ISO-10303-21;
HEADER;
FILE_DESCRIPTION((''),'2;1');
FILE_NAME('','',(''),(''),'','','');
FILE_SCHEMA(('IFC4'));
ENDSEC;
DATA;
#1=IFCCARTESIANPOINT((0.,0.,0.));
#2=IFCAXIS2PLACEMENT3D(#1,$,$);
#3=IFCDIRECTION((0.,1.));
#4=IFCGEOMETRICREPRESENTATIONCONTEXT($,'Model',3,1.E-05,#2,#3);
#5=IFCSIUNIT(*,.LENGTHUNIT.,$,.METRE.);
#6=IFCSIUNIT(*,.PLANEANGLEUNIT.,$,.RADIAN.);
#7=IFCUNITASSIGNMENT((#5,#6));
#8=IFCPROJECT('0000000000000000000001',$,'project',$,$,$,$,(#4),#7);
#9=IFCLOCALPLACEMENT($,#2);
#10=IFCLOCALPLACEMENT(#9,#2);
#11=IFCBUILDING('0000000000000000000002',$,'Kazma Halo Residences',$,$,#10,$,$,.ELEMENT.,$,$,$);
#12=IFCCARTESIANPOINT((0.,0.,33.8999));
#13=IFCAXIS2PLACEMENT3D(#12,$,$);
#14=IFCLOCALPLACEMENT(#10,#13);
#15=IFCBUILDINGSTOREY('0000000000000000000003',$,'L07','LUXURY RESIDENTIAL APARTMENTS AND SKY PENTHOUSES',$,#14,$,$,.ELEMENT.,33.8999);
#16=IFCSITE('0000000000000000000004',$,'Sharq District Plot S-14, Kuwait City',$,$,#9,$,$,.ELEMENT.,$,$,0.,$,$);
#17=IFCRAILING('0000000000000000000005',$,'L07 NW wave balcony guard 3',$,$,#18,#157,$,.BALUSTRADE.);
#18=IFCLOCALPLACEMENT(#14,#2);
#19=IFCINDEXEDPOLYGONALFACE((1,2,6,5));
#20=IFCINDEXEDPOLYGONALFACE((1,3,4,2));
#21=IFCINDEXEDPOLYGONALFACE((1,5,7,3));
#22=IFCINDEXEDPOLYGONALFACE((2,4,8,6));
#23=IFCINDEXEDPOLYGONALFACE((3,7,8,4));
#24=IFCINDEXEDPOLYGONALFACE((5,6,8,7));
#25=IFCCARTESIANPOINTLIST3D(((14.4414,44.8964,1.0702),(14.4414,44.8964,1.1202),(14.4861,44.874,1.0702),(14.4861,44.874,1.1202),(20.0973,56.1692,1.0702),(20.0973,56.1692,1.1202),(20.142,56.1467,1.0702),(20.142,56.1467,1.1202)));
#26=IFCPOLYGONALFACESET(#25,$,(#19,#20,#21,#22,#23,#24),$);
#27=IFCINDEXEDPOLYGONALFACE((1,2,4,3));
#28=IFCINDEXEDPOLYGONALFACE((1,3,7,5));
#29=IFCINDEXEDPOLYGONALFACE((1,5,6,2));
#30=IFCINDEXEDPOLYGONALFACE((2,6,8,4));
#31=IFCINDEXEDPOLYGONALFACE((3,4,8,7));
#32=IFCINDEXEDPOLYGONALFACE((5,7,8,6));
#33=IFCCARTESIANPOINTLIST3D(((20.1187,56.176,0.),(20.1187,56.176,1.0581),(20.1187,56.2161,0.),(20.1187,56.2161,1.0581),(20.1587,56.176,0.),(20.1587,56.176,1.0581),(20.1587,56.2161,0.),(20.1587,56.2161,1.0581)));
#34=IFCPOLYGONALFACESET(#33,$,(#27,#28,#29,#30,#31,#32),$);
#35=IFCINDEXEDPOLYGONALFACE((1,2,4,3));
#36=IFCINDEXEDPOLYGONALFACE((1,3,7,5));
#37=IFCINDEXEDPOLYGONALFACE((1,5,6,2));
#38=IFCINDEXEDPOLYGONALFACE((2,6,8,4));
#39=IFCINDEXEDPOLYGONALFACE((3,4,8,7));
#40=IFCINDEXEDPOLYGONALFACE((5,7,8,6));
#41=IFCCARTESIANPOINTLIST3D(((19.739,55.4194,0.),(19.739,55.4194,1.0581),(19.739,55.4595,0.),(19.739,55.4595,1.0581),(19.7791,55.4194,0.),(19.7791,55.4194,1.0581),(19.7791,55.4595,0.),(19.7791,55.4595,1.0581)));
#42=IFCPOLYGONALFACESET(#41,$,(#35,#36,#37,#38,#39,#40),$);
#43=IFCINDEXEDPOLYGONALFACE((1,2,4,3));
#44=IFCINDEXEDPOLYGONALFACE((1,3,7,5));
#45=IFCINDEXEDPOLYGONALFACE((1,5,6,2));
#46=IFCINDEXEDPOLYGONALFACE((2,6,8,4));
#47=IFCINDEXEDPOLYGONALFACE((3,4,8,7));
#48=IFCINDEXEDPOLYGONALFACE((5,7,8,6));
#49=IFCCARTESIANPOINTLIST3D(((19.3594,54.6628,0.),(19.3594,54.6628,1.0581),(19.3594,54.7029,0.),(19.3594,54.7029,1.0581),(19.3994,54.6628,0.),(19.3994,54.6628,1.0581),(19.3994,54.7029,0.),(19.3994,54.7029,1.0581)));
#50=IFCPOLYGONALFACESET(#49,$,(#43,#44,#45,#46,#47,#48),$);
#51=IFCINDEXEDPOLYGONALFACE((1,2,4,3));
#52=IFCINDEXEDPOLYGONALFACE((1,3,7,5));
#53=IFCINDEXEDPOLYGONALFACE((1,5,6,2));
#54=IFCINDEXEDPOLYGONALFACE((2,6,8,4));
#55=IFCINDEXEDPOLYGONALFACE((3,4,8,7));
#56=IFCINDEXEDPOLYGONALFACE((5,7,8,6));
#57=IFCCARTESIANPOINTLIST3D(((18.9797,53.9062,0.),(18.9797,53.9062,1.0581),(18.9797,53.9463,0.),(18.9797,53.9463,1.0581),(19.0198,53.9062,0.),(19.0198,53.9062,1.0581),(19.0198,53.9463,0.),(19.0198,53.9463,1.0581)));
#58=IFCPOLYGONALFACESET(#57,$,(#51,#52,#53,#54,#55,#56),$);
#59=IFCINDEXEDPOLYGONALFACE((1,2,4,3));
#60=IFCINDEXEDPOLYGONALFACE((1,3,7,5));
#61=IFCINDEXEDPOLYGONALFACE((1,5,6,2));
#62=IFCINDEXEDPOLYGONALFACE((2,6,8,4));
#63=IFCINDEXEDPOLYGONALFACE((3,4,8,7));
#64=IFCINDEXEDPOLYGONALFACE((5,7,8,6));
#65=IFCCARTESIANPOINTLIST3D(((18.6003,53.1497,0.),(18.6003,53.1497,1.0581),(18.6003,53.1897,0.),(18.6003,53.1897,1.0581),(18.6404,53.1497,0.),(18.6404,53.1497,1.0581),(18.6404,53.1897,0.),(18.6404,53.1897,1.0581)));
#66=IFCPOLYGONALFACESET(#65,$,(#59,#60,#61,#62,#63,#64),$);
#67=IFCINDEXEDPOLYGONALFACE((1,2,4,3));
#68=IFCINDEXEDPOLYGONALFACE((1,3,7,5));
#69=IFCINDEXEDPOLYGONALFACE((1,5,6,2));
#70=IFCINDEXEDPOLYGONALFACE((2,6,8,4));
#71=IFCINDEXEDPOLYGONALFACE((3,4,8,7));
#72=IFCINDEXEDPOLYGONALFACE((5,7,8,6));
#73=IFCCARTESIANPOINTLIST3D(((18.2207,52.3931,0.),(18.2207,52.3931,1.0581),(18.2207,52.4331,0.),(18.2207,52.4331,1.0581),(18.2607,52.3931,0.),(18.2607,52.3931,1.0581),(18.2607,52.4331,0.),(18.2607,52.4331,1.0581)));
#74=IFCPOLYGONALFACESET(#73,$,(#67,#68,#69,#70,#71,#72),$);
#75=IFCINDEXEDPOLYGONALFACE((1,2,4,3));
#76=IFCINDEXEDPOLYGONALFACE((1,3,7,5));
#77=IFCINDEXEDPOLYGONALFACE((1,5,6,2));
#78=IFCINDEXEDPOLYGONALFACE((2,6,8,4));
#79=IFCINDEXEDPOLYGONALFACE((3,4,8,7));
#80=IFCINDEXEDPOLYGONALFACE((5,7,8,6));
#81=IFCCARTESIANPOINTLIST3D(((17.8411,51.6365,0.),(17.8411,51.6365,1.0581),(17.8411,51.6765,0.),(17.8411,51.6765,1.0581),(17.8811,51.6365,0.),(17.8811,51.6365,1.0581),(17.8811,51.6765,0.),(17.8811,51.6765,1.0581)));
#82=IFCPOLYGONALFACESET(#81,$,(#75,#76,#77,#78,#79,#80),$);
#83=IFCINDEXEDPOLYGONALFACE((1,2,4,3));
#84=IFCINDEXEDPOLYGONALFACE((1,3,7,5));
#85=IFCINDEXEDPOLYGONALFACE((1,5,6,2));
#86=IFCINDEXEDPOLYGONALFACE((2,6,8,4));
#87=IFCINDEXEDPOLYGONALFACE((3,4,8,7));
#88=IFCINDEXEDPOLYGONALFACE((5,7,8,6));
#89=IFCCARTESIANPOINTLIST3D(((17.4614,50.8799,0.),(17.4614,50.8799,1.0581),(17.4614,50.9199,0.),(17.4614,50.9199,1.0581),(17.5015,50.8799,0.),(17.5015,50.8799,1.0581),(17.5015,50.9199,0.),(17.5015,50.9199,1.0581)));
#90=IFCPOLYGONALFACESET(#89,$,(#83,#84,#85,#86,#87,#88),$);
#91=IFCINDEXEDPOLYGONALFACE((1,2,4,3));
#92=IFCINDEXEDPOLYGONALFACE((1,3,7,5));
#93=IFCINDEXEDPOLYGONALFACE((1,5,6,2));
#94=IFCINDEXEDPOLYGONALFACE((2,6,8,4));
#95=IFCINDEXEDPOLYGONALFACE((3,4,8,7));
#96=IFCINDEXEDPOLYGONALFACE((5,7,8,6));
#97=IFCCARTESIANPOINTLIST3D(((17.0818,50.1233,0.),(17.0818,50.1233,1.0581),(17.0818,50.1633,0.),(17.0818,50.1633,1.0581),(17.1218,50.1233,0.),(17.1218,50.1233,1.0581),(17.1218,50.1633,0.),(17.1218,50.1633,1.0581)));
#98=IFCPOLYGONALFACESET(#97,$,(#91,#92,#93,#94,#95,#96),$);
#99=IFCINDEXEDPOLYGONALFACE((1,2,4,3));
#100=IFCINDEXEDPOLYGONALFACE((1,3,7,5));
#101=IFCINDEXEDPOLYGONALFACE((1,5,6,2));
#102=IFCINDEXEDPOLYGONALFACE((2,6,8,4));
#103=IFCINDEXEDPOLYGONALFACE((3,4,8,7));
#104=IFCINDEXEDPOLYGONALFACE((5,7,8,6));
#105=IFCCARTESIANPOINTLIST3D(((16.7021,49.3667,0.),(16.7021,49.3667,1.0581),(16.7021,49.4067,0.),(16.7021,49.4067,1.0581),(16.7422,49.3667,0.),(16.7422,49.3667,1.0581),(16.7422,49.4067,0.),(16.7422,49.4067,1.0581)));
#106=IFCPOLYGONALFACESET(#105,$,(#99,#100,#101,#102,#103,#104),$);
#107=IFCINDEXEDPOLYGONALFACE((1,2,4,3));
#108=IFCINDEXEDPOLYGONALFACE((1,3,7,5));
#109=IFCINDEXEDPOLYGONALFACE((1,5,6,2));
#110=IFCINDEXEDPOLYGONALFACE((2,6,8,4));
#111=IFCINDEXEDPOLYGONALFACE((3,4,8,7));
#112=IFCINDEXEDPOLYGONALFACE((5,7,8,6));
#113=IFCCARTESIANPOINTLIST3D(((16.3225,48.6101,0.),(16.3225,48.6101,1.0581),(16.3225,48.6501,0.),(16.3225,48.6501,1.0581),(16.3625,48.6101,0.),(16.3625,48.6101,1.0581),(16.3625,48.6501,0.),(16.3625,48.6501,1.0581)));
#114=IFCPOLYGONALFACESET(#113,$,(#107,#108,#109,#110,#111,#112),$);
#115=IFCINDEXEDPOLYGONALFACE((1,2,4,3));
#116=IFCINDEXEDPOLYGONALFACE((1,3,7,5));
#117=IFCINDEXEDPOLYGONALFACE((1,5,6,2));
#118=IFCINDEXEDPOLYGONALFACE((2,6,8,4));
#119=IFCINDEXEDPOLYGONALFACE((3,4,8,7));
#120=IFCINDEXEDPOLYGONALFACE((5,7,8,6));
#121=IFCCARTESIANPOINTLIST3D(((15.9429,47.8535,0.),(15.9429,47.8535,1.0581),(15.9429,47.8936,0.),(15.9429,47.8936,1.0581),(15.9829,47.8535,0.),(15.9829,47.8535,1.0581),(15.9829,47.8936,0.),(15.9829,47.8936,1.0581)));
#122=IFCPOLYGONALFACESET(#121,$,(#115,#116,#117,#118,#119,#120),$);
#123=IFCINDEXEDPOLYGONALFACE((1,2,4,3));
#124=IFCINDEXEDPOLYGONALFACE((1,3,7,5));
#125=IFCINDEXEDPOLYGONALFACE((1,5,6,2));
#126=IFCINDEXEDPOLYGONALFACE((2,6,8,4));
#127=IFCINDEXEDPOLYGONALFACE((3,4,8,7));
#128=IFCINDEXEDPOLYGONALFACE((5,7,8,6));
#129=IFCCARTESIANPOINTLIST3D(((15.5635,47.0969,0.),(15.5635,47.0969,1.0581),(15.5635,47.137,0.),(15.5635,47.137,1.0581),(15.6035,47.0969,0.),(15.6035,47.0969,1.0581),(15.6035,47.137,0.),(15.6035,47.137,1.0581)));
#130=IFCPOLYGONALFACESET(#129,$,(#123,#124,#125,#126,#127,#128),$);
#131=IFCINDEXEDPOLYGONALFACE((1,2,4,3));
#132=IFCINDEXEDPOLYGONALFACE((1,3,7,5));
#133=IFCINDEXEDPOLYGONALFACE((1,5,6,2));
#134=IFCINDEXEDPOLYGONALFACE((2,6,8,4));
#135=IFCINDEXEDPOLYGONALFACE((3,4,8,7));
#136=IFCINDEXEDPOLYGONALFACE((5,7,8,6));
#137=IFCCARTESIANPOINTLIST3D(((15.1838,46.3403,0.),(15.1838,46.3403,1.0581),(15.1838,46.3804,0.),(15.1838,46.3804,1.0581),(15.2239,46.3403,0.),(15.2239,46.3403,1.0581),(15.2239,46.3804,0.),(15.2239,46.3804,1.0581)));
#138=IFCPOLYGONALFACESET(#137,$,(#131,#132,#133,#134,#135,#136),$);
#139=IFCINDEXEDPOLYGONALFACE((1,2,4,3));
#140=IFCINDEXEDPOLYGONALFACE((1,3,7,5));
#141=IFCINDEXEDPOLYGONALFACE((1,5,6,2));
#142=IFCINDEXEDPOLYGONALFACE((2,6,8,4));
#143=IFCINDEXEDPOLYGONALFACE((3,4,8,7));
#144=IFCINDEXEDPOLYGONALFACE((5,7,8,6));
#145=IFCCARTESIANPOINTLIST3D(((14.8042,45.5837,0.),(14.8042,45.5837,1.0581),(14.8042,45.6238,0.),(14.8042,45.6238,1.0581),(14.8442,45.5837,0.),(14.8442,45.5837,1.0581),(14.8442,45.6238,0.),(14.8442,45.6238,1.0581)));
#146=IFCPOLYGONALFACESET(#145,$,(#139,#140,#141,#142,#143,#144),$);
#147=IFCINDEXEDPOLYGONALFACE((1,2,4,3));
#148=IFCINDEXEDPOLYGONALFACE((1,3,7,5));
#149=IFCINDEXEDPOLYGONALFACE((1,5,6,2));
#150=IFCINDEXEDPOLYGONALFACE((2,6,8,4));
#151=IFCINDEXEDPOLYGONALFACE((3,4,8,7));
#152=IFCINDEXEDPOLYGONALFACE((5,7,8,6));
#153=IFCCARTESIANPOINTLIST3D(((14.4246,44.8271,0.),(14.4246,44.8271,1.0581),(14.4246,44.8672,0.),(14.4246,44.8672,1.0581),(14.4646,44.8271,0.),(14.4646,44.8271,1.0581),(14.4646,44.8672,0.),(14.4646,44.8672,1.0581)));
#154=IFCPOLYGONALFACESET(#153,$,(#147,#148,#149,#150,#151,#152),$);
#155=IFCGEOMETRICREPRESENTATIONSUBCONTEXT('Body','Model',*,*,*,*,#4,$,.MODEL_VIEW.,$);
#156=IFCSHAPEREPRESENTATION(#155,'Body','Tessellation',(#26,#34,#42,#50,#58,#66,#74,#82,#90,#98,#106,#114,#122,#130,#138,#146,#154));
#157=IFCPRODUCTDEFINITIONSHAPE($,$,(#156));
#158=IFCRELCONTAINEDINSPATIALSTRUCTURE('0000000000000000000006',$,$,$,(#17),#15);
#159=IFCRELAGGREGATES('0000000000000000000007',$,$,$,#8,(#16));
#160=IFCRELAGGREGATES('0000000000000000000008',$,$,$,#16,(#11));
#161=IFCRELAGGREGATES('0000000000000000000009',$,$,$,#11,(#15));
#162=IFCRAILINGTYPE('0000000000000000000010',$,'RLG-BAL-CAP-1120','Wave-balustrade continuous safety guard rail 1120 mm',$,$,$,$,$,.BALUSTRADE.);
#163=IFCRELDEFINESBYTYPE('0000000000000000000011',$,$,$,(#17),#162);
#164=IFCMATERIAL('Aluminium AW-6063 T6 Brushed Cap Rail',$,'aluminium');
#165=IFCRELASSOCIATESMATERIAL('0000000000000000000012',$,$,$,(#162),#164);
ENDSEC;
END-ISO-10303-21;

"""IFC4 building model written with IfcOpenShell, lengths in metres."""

from ifc_helpers import new_model, si_unit, direction, frame, origin, origin_2d, place, context, subcontext, project, spatial, rectangle, extrude, material, type_object, element, save


model = new_model("IFC4")

# Units and contexts
model_context = context("Model", 3, precision=1e-05, world=origin(), true_north=direction((0.0, 1.0)))
body_context = subcontext(model_context, "Body", "Model", "MODEL_VIEW")
ifc_project = project(units=[si_unit("LENGTHUNIT", "METRE"), si_unit("PLANEANGLEUNIT", "RADIAN")], contexts=[model_context])

# Site, building, storey
site_placement = place(None, origin())
site = spatial("IfcSite", under=ifc_project, at=site_placement, Name="Sharq District Plot S-14, Kuwait City", CompositionType="ELEMENT", RefElevation=0.0)
building_placement = place(site_placement, origin())
building = spatial("IfcBuilding", under=site, at=building_placement, Name="Kazma Halo Residences", CompositionType="ELEMENT")
storey_placement = place(building_placement, frame((0.0, 0.0, 33.8999)))
storey = spatial("IfcBuildingStorey", under=building, at=storey_placement, Name="L07", Description="LUXURY RESIDENTIAL APARTMENTS AND SKY PENTHOUSES", CompositionType="ELEMENT", Elevation=33.8999)

# Railing
ifc_material_1 = material(Name="Aluminium AW-6063 T6 Brushed Cap Rail", Category="aluminium")
railing_type = type_object("IfcRailingType", Name="RLG-BAL-CAP-1120", Description="Wave-balustrade continuous safety guard rail 1120 mm", PredefinedType="BALUSTRADE", material=ifc_material_1)
railing_1_placement = place(storey_placement, frame((20.1387, 56.196, 0.0)))
element("IfcRailing", 1, at=railing_1_placement, inside=storey, type_object=railing_type, Name="L07 NW wave balcony guard 3", PredefinedType="BALUSTRADE", context=body_context, shape_type="SweptSolid", body=[
    extrude(rectangle(XDim=0.05, YDim=0.05, at=origin_2d()), frame((-0.019, -0.0381, 1.0952), z_axis=(-0.448451, -0.893807, 0.0), x_axis=(0.893807, -0.448451, 0.0)), (0.0, 0.0, 1.0), 12.6121),
    extrude(rectangle(XDim=0.04, YDim=0.04, at=origin_2d()), origin(), (0.0, 0.0, 1.0), 1.0581),
    extrude(rectangle(XDim=0.04, YDim=0.04, at=origin_2d()), frame((-0.3796, -0.7566, 0.0)), (0.0, 0.0, 1.0), 1.0581),
    extrude(rectangle(XDim=0.04, YDim=0.04, at=origin_2d()), frame((-0.7593, -1.5132, 0.0)), (0.0, 0.0, 1.0), 1.0581),
    extrude(rectangle(XDim=0.04, YDim=0.04, at=origin_2d()), frame((-1.1389, -2.2698, 0.0)), (0.0, 0.0, 1.0), 1.0581),
    extrude(rectangle(XDim=0.04, YDim=0.04, at=origin_2d()), frame((-1.5183, -3.0264, 0.0)), (0.0, 0.0, 1.0), 1.0581),
    extrude(rectangle(XDim=0.04, YDim=0.04, at=origin_2d()), frame((-1.8979, -3.783, 0.0)), (0.0, 0.0, 1.0), 1.0581),
    extrude(rectangle(XDim=0.04, YDim=0.04, at=origin_2d()), frame((-2.2776, -4.5396, 0.0)), (0.0, 0.0, 1.0), 1.0581),
    extrude(rectangle(XDim=0.04, YDim=0.04, at=origin_2d()), frame((-2.6572, -5.2961, 0.0)), (0.0, 0.0, 1.0), 1.0581),
    extrude(rectangle(XDim=0.04, YDim=0.04, at=origin_2d()), frame((-3.0369, -6.0527, 0.0)), (0.0, 0.0, 1.0), 1.0581),
    extrude(rectangle(XDim=0.04, YDim=0.04, at=origin_2d()), frame((-3.4165, -6.8093, 0.0)), (0.0, 0.0, 1.0), 1.0581),
    extrude(rectangle(XDim=0.04, YDim=0.04, at=origin_2d()), frame((-3.7961, -7.5659, 0.0)), (0.0, 0.0, 1.0), 1.0581),
    extrude(rectangle(XDim=0.04, YDim=0.04, at=origin_2d()), frame((-4.1758, -8.3225, 0.0)), (0.0, 0.0, 1.0), 1.0581),
    extrude(rectangle(XDim=0.04, YDim=0.04, at=origin_2d()), frame((-4.5552, -9.0791, 0.0)), (0.0, 0.0, 1.0), 1.0581),
    extrude(rectangle(XDim=0.04, YDim=0.04, at=origin_2d()), frame((-4.9348, -9.8357, 0.0)), (0.0, 0.0, 1.0), 1.0581),
    extrude(rectangle(XDim=0.04, YDim=0.04, at=origin_2d()), frame((-5.3145, -10.5923, 0.0)), (0.0, 0.0, 1.0), 1.0581),
    extrude(rectangle(XDim=0.04, YDim=0.04, at=origin_2d()), frame((-5.6941, -11.3489, 0.0)), (0.0, 0.0, 1.0), 1.0581),
])

save(model, "model.ifc")
